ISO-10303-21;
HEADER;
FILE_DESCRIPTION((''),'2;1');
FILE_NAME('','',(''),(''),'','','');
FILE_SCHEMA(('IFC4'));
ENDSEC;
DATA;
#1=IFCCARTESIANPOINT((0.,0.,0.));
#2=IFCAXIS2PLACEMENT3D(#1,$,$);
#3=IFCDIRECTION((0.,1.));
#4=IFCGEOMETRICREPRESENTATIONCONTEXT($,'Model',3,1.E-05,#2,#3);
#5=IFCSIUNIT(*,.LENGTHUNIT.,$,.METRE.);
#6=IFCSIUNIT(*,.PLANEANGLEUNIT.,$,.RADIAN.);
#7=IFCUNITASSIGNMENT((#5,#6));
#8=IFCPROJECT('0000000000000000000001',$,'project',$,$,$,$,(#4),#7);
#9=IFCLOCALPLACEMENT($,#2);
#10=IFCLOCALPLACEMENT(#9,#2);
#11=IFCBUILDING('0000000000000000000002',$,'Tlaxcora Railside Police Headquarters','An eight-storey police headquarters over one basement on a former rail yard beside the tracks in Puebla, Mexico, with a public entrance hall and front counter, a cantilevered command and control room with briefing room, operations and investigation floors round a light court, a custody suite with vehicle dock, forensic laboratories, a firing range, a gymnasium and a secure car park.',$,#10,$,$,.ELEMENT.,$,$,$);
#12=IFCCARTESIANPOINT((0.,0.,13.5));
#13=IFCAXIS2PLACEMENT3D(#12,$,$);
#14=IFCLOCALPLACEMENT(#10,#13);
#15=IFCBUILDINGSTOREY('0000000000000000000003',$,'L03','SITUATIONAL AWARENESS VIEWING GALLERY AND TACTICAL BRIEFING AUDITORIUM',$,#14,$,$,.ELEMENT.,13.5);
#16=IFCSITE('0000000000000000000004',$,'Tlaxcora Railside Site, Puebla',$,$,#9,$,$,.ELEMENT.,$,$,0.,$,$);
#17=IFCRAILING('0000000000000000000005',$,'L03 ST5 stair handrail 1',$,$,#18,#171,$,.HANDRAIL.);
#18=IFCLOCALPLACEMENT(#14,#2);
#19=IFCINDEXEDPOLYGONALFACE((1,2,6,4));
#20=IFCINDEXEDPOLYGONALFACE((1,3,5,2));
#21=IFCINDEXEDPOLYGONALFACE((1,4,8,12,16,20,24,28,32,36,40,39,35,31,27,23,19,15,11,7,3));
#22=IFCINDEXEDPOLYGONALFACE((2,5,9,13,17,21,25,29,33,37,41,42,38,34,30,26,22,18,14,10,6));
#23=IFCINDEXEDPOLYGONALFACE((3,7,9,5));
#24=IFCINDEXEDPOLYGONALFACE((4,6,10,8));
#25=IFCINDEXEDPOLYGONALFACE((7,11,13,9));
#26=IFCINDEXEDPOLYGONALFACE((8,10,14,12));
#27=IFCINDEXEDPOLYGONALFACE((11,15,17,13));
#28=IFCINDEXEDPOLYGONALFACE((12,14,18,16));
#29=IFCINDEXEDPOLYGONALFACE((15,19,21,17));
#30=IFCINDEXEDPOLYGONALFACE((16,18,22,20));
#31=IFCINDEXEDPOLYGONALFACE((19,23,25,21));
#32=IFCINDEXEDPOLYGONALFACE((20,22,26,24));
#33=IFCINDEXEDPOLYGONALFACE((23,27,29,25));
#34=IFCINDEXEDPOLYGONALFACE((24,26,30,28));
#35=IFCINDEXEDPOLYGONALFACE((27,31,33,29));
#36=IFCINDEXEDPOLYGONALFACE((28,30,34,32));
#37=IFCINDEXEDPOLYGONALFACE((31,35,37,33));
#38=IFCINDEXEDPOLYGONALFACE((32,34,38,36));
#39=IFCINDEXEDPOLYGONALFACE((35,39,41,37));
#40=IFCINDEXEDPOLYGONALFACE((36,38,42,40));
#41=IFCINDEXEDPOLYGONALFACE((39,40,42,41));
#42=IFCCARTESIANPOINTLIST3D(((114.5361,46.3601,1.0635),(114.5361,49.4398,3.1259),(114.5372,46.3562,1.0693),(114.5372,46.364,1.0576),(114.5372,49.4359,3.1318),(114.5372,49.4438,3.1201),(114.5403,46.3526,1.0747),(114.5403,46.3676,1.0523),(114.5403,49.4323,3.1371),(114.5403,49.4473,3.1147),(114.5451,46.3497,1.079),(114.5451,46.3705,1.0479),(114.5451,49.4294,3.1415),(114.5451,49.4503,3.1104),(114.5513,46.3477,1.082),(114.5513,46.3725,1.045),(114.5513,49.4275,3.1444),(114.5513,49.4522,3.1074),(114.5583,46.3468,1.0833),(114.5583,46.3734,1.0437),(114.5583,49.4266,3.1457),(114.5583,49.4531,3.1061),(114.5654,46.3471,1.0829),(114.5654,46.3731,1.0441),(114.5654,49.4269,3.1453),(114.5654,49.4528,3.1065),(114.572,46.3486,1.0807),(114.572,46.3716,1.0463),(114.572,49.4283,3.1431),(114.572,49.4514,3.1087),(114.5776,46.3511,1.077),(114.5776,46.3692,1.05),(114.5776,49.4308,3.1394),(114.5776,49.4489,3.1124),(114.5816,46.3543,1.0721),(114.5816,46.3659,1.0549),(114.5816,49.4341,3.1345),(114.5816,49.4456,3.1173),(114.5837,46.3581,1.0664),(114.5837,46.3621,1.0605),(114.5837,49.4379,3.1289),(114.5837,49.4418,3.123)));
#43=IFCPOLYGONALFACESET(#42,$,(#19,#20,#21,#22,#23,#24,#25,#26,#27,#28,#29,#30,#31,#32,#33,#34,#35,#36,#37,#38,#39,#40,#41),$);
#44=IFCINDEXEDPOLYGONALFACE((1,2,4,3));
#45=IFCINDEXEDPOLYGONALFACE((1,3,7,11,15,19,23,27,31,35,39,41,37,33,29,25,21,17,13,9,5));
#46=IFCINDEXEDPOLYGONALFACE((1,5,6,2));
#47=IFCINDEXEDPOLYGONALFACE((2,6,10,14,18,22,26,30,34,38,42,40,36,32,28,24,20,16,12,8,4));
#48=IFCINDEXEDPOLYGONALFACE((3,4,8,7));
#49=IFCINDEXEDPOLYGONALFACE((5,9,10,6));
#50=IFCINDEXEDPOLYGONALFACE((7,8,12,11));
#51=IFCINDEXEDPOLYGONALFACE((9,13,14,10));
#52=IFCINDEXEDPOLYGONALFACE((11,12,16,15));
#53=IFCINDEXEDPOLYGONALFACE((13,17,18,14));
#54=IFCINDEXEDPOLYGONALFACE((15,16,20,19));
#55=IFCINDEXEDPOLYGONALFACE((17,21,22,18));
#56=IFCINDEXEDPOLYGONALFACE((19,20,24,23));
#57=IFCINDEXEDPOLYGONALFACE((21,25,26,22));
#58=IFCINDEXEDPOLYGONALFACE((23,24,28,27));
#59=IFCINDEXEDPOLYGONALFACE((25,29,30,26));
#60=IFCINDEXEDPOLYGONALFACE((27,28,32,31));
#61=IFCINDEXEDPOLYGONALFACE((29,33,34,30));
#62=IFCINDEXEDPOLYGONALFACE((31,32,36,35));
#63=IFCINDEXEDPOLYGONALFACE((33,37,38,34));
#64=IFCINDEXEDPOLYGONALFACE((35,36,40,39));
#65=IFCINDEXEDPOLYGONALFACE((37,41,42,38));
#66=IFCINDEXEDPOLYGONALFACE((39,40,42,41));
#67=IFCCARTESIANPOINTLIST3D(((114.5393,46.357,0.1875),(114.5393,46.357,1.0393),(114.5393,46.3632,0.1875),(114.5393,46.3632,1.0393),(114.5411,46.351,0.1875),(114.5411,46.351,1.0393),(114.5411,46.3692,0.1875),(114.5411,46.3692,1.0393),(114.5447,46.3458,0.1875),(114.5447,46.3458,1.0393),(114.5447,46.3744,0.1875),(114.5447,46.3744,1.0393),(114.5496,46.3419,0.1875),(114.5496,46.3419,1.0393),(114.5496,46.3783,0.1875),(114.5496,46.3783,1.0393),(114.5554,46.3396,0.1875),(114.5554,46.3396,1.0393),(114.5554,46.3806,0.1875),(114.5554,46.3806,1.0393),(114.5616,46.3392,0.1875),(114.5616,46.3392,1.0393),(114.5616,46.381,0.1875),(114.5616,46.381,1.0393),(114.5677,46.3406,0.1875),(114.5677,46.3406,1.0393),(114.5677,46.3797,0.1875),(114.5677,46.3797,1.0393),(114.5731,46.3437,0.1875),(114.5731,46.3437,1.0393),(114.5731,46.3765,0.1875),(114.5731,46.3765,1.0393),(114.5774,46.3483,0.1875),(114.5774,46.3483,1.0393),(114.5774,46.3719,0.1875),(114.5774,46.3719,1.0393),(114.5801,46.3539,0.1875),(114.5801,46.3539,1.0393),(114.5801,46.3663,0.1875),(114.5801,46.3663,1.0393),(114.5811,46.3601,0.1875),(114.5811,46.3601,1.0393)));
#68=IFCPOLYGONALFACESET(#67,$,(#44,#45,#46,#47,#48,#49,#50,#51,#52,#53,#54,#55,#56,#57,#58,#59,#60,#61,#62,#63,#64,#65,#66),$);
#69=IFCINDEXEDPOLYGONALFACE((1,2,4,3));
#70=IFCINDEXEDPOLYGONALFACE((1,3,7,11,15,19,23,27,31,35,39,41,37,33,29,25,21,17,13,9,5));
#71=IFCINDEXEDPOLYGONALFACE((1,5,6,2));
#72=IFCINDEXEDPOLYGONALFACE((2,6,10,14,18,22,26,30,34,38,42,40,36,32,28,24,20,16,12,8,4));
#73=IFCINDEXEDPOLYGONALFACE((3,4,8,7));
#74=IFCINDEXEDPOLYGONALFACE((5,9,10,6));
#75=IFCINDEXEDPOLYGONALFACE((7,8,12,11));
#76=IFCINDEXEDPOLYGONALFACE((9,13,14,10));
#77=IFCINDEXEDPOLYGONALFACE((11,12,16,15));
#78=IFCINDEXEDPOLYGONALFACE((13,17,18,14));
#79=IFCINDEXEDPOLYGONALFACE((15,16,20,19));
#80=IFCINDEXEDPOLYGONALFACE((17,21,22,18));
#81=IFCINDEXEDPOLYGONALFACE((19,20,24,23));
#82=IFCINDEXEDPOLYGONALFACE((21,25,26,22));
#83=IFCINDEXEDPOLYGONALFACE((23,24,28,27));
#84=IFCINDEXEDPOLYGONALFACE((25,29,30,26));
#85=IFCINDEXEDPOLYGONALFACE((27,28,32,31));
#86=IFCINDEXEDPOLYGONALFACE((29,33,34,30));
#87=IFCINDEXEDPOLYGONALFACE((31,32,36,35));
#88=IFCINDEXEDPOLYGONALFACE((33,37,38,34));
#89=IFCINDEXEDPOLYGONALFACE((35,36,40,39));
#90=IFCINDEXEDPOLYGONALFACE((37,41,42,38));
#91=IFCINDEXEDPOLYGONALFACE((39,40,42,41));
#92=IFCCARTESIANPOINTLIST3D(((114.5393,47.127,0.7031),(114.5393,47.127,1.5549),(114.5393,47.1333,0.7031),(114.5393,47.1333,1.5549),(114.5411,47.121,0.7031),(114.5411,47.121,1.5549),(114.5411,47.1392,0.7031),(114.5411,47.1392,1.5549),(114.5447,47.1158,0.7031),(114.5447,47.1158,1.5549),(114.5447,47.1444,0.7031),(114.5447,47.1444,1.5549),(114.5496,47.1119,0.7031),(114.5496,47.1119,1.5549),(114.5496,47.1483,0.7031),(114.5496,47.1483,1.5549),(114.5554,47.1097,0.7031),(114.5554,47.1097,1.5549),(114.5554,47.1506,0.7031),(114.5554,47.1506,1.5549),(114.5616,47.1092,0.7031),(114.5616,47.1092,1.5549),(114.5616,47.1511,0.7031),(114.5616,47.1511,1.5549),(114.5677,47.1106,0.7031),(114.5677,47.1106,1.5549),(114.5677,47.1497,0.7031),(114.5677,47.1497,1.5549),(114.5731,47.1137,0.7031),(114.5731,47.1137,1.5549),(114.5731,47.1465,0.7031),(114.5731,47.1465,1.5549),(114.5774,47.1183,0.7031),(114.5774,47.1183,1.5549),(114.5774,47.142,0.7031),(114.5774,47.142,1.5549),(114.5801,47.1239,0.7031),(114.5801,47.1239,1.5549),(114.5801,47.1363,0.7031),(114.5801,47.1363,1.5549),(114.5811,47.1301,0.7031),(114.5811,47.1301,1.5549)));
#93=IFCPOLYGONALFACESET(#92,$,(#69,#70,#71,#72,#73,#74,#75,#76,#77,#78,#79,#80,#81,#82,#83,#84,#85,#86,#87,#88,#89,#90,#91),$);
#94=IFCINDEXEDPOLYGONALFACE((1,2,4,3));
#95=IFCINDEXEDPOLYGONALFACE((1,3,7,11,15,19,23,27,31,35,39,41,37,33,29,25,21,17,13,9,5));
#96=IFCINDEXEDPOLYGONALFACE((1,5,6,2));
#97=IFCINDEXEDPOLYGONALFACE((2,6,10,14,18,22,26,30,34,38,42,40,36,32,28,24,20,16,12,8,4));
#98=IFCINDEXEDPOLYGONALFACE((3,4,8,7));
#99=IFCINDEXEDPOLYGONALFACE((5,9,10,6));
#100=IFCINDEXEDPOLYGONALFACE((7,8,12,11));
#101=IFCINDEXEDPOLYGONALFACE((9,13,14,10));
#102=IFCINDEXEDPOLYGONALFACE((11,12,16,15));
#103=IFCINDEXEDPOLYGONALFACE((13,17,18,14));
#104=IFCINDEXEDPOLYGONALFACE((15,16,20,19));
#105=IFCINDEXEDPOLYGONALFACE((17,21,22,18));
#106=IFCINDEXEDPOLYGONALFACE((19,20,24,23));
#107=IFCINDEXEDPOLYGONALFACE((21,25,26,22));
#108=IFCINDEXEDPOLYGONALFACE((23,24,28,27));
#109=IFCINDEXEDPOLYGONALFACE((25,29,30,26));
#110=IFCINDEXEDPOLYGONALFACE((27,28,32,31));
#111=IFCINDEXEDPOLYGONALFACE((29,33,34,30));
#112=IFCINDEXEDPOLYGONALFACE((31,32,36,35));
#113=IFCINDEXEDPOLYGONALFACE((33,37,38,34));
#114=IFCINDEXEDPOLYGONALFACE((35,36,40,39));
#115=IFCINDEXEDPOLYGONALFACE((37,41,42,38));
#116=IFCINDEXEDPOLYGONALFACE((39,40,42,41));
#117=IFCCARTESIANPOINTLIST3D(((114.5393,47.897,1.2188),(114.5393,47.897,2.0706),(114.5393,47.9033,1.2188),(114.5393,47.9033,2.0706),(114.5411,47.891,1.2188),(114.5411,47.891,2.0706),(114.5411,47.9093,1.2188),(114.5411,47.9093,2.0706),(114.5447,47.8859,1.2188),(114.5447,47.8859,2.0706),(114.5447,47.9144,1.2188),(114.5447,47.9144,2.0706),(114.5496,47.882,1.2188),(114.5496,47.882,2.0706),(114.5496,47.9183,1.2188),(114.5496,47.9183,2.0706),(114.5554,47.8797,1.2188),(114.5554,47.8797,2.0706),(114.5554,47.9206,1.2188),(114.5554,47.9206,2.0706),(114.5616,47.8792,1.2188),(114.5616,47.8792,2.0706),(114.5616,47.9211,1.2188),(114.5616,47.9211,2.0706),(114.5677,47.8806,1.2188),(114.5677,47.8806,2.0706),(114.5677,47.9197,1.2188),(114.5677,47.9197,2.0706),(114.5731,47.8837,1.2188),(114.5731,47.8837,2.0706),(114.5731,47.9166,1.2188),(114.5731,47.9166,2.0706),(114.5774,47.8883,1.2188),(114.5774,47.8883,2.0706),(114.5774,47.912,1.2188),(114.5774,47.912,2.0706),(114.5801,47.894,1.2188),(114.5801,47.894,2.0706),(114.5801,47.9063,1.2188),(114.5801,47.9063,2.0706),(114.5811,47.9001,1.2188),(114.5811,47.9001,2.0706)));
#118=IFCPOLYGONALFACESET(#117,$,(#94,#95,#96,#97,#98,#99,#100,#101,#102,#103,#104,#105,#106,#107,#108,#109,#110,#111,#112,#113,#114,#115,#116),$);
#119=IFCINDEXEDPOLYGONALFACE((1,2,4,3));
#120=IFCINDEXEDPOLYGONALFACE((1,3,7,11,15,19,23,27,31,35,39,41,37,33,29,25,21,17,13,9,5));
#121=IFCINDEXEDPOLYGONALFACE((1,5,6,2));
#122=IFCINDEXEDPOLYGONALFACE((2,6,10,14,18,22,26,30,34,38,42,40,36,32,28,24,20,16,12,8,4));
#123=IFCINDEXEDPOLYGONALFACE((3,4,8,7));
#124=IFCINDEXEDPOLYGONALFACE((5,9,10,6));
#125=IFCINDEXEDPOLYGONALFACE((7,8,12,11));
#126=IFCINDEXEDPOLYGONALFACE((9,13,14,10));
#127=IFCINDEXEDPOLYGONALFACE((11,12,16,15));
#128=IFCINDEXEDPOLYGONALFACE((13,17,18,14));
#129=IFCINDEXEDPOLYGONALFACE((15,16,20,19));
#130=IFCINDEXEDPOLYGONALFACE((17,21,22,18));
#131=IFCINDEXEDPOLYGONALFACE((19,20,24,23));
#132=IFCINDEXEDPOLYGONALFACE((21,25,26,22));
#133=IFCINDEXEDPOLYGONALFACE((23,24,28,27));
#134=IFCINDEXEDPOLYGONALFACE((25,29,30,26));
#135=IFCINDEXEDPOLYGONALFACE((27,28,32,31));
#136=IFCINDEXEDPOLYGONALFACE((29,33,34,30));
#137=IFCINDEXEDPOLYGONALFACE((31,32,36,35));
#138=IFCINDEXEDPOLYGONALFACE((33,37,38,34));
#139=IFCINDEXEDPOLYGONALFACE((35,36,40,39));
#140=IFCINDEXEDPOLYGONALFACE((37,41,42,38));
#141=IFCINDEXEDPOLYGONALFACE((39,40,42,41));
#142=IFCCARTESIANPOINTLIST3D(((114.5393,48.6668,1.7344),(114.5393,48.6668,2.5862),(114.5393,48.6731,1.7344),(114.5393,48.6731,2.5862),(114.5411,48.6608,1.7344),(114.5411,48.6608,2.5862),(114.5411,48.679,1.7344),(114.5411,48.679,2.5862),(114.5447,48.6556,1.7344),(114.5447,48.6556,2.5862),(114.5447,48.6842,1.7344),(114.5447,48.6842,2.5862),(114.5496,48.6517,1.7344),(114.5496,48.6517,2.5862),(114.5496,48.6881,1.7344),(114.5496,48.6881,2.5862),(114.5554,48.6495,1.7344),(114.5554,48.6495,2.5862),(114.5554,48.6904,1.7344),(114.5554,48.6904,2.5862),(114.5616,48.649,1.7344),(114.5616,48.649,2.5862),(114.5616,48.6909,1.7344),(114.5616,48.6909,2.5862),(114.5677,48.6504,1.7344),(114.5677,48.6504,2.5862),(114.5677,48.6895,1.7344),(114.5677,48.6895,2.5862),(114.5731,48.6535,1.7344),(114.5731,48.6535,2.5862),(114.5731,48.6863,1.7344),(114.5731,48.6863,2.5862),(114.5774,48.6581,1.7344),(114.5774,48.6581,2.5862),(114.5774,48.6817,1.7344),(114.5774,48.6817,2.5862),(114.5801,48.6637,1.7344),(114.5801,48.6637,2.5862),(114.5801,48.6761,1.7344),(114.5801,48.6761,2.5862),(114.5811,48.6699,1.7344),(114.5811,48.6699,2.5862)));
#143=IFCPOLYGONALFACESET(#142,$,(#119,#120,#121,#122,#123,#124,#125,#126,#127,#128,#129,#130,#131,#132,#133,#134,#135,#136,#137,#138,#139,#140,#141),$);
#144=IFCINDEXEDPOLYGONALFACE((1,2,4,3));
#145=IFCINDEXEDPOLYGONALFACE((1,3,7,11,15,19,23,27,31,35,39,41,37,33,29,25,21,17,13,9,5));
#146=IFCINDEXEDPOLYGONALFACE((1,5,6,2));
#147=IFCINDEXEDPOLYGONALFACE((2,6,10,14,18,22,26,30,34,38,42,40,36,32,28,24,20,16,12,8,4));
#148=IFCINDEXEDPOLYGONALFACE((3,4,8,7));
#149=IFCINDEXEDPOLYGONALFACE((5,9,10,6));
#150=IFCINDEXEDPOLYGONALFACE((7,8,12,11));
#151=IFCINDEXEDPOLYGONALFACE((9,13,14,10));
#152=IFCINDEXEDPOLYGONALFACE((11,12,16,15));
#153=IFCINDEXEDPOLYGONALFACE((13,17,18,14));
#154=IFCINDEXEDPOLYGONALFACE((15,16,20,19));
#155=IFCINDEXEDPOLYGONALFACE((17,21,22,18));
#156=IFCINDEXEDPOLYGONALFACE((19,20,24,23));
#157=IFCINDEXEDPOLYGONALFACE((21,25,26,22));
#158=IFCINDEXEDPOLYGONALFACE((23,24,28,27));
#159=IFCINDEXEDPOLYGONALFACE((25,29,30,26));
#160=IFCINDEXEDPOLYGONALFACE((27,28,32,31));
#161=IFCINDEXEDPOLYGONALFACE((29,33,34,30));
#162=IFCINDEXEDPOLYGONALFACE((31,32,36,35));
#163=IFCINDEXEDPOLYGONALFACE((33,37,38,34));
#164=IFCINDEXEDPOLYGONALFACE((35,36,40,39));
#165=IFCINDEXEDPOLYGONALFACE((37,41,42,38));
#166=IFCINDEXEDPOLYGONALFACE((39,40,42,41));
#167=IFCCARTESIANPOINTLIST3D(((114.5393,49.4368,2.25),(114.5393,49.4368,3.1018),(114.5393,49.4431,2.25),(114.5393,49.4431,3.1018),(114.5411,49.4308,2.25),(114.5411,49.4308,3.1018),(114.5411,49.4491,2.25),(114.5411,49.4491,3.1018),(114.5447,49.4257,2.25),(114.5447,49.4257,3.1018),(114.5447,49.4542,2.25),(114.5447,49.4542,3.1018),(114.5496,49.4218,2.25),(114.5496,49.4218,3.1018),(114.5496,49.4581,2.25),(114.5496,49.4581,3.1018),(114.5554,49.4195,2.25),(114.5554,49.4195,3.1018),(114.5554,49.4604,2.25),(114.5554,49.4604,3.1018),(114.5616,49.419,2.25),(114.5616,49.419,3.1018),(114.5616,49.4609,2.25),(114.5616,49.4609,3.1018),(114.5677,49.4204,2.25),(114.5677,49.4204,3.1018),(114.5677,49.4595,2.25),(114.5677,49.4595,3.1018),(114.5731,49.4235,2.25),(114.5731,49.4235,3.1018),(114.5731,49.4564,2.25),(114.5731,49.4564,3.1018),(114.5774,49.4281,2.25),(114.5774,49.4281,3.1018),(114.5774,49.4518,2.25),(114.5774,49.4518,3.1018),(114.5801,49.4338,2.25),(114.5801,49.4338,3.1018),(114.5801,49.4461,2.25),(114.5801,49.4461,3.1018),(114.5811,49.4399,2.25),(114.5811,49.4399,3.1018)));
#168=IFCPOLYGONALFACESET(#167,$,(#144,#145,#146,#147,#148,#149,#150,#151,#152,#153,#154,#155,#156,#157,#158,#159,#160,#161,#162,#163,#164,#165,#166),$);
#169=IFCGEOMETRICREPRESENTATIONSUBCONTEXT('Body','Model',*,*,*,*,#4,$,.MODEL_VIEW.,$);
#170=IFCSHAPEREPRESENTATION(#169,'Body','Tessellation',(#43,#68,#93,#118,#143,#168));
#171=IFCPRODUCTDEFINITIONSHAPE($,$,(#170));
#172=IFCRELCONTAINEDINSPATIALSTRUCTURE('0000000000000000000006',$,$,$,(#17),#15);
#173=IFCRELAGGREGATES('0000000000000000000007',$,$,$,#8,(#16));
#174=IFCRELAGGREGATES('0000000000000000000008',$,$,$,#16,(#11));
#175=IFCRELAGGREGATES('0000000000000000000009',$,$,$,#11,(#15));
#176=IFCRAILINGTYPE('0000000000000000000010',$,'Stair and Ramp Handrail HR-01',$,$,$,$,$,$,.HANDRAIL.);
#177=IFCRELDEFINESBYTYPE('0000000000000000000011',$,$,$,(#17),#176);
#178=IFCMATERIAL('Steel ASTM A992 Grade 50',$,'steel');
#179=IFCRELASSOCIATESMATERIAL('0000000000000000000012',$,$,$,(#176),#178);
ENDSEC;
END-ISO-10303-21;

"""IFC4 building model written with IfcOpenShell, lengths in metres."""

from ifc_helpers import new_model, si_unit, direction, frame, origin, origin_2d, place, context, subcontext, project, spatial, circle, extrude, material, type_object, element, save


model = new_model("IFC4")

# Units and contexts
model_context = context("Model", 3, precision=1e-05, world=origin(), true_north=direction((0.0, 1.0)))
body_context = subcontext(model_context, "Body", "Model", "MODEL_VIEW")
ifc_project = project(units=[si_unit("LENGTHUNIT", "METRE"), si_unit("PLANEANGLEUNIT", "RADIAN")], contexts=[model_context])

# Site, building, storey
site_placement = place(None, origin())
site = spatial("IfcSite", under=ifc_project, at=site_placement, Name="Tlaxcora Railside Site, Puebla", CompositionType="ELEMENT", RefElevation=0.0)
building_placement = place(site_placement, origin())
building = spatial("IfcBuilding", under=site, at=building_placement, Name="Tlaxcora Railside Police Headquarters", Description="An eight-storey police headquarters over one basement on a former rail yard beside the tracks in Puebla, Mexico, with a public entrance hall and front counter, a cantilevered command and control room with briefing room, operations and investigation floors round a light court, a custody suite with vehicle dock, forensic laboratories, a firing range, a gymnasium and a secure car park.", CompositionType="ELEMENT")
storey_placement = place(building_placement, frame((0.0, 0.0, 13.5)))
storey = spatial("IfcBuildingStorey", under=building, at=storey_placement, Name="L03", Description="SITUATIONAL AWARENESS VIEWING GALLERY AND TACTICAL BRIEFING AUDITORIUM", CompositionType="ELEMENT", Elevation=13.5)

# Shared definitions
ifc_material_1 = material(Name="Steel ASTM A992 Grade 50", Category="steel")

# Railing
railing_type_1 = type_object("IfcRailingType", Name="Stair and Ramp Handrail HR-01", PredefinedType="HANDRAIL", material=ifc_material_1)
railing_1_placement = place(storey_placement, frame((114.5601, 46.3601, 0.1875)))
element("IfcRailing", 1, at=railing_1_placement, inside=storey, type_object=railing_type_1, Name="L03 ST5 stair handrail 1", PredefinedType="HANDRAIL", context=body_context, shape_type="SweptSolid", body=[
    extrude(circle(Radius=0.0239, at=origin_2d()), frame((0.0, 0.0, 0.876), z_axis=(0.0, 0.830893, 0.556432), x_axis=(-1.0, 0.0, 0.0)), (0.0, 0.0, 1.0), 3.7065),
    extrude(circle(Radius=0.021, at=origin_2d()), origin(), (0.0, 0.0, 1.0), 0.8518),
    extrude(circle(Radius=0.021, at=origin_2d()), frame((0.0, 0.77, 0.5156)), (0.0, 0.0, 1.0), 0.8518),
    extrude(circle(Radius=0.021, at=origin_2d()), frame((0.0, 1.54, 1.0312)), (0.0, 0.0, 1.0), 0.8518),
    extrude(circle(Radius=0.021, at=origin_2d()), frame((0.0, 2.3098, 1.5469)), (0.0, 0.0, 1.0), 0.8518),
    extrude(circle(Radius=0.021, at=origin_2d()), frame((0.0, 3.0798, 2.0625)), (0.0, 0.0, 1.0), 0.8518),
])

save(model, "model.ifc")
